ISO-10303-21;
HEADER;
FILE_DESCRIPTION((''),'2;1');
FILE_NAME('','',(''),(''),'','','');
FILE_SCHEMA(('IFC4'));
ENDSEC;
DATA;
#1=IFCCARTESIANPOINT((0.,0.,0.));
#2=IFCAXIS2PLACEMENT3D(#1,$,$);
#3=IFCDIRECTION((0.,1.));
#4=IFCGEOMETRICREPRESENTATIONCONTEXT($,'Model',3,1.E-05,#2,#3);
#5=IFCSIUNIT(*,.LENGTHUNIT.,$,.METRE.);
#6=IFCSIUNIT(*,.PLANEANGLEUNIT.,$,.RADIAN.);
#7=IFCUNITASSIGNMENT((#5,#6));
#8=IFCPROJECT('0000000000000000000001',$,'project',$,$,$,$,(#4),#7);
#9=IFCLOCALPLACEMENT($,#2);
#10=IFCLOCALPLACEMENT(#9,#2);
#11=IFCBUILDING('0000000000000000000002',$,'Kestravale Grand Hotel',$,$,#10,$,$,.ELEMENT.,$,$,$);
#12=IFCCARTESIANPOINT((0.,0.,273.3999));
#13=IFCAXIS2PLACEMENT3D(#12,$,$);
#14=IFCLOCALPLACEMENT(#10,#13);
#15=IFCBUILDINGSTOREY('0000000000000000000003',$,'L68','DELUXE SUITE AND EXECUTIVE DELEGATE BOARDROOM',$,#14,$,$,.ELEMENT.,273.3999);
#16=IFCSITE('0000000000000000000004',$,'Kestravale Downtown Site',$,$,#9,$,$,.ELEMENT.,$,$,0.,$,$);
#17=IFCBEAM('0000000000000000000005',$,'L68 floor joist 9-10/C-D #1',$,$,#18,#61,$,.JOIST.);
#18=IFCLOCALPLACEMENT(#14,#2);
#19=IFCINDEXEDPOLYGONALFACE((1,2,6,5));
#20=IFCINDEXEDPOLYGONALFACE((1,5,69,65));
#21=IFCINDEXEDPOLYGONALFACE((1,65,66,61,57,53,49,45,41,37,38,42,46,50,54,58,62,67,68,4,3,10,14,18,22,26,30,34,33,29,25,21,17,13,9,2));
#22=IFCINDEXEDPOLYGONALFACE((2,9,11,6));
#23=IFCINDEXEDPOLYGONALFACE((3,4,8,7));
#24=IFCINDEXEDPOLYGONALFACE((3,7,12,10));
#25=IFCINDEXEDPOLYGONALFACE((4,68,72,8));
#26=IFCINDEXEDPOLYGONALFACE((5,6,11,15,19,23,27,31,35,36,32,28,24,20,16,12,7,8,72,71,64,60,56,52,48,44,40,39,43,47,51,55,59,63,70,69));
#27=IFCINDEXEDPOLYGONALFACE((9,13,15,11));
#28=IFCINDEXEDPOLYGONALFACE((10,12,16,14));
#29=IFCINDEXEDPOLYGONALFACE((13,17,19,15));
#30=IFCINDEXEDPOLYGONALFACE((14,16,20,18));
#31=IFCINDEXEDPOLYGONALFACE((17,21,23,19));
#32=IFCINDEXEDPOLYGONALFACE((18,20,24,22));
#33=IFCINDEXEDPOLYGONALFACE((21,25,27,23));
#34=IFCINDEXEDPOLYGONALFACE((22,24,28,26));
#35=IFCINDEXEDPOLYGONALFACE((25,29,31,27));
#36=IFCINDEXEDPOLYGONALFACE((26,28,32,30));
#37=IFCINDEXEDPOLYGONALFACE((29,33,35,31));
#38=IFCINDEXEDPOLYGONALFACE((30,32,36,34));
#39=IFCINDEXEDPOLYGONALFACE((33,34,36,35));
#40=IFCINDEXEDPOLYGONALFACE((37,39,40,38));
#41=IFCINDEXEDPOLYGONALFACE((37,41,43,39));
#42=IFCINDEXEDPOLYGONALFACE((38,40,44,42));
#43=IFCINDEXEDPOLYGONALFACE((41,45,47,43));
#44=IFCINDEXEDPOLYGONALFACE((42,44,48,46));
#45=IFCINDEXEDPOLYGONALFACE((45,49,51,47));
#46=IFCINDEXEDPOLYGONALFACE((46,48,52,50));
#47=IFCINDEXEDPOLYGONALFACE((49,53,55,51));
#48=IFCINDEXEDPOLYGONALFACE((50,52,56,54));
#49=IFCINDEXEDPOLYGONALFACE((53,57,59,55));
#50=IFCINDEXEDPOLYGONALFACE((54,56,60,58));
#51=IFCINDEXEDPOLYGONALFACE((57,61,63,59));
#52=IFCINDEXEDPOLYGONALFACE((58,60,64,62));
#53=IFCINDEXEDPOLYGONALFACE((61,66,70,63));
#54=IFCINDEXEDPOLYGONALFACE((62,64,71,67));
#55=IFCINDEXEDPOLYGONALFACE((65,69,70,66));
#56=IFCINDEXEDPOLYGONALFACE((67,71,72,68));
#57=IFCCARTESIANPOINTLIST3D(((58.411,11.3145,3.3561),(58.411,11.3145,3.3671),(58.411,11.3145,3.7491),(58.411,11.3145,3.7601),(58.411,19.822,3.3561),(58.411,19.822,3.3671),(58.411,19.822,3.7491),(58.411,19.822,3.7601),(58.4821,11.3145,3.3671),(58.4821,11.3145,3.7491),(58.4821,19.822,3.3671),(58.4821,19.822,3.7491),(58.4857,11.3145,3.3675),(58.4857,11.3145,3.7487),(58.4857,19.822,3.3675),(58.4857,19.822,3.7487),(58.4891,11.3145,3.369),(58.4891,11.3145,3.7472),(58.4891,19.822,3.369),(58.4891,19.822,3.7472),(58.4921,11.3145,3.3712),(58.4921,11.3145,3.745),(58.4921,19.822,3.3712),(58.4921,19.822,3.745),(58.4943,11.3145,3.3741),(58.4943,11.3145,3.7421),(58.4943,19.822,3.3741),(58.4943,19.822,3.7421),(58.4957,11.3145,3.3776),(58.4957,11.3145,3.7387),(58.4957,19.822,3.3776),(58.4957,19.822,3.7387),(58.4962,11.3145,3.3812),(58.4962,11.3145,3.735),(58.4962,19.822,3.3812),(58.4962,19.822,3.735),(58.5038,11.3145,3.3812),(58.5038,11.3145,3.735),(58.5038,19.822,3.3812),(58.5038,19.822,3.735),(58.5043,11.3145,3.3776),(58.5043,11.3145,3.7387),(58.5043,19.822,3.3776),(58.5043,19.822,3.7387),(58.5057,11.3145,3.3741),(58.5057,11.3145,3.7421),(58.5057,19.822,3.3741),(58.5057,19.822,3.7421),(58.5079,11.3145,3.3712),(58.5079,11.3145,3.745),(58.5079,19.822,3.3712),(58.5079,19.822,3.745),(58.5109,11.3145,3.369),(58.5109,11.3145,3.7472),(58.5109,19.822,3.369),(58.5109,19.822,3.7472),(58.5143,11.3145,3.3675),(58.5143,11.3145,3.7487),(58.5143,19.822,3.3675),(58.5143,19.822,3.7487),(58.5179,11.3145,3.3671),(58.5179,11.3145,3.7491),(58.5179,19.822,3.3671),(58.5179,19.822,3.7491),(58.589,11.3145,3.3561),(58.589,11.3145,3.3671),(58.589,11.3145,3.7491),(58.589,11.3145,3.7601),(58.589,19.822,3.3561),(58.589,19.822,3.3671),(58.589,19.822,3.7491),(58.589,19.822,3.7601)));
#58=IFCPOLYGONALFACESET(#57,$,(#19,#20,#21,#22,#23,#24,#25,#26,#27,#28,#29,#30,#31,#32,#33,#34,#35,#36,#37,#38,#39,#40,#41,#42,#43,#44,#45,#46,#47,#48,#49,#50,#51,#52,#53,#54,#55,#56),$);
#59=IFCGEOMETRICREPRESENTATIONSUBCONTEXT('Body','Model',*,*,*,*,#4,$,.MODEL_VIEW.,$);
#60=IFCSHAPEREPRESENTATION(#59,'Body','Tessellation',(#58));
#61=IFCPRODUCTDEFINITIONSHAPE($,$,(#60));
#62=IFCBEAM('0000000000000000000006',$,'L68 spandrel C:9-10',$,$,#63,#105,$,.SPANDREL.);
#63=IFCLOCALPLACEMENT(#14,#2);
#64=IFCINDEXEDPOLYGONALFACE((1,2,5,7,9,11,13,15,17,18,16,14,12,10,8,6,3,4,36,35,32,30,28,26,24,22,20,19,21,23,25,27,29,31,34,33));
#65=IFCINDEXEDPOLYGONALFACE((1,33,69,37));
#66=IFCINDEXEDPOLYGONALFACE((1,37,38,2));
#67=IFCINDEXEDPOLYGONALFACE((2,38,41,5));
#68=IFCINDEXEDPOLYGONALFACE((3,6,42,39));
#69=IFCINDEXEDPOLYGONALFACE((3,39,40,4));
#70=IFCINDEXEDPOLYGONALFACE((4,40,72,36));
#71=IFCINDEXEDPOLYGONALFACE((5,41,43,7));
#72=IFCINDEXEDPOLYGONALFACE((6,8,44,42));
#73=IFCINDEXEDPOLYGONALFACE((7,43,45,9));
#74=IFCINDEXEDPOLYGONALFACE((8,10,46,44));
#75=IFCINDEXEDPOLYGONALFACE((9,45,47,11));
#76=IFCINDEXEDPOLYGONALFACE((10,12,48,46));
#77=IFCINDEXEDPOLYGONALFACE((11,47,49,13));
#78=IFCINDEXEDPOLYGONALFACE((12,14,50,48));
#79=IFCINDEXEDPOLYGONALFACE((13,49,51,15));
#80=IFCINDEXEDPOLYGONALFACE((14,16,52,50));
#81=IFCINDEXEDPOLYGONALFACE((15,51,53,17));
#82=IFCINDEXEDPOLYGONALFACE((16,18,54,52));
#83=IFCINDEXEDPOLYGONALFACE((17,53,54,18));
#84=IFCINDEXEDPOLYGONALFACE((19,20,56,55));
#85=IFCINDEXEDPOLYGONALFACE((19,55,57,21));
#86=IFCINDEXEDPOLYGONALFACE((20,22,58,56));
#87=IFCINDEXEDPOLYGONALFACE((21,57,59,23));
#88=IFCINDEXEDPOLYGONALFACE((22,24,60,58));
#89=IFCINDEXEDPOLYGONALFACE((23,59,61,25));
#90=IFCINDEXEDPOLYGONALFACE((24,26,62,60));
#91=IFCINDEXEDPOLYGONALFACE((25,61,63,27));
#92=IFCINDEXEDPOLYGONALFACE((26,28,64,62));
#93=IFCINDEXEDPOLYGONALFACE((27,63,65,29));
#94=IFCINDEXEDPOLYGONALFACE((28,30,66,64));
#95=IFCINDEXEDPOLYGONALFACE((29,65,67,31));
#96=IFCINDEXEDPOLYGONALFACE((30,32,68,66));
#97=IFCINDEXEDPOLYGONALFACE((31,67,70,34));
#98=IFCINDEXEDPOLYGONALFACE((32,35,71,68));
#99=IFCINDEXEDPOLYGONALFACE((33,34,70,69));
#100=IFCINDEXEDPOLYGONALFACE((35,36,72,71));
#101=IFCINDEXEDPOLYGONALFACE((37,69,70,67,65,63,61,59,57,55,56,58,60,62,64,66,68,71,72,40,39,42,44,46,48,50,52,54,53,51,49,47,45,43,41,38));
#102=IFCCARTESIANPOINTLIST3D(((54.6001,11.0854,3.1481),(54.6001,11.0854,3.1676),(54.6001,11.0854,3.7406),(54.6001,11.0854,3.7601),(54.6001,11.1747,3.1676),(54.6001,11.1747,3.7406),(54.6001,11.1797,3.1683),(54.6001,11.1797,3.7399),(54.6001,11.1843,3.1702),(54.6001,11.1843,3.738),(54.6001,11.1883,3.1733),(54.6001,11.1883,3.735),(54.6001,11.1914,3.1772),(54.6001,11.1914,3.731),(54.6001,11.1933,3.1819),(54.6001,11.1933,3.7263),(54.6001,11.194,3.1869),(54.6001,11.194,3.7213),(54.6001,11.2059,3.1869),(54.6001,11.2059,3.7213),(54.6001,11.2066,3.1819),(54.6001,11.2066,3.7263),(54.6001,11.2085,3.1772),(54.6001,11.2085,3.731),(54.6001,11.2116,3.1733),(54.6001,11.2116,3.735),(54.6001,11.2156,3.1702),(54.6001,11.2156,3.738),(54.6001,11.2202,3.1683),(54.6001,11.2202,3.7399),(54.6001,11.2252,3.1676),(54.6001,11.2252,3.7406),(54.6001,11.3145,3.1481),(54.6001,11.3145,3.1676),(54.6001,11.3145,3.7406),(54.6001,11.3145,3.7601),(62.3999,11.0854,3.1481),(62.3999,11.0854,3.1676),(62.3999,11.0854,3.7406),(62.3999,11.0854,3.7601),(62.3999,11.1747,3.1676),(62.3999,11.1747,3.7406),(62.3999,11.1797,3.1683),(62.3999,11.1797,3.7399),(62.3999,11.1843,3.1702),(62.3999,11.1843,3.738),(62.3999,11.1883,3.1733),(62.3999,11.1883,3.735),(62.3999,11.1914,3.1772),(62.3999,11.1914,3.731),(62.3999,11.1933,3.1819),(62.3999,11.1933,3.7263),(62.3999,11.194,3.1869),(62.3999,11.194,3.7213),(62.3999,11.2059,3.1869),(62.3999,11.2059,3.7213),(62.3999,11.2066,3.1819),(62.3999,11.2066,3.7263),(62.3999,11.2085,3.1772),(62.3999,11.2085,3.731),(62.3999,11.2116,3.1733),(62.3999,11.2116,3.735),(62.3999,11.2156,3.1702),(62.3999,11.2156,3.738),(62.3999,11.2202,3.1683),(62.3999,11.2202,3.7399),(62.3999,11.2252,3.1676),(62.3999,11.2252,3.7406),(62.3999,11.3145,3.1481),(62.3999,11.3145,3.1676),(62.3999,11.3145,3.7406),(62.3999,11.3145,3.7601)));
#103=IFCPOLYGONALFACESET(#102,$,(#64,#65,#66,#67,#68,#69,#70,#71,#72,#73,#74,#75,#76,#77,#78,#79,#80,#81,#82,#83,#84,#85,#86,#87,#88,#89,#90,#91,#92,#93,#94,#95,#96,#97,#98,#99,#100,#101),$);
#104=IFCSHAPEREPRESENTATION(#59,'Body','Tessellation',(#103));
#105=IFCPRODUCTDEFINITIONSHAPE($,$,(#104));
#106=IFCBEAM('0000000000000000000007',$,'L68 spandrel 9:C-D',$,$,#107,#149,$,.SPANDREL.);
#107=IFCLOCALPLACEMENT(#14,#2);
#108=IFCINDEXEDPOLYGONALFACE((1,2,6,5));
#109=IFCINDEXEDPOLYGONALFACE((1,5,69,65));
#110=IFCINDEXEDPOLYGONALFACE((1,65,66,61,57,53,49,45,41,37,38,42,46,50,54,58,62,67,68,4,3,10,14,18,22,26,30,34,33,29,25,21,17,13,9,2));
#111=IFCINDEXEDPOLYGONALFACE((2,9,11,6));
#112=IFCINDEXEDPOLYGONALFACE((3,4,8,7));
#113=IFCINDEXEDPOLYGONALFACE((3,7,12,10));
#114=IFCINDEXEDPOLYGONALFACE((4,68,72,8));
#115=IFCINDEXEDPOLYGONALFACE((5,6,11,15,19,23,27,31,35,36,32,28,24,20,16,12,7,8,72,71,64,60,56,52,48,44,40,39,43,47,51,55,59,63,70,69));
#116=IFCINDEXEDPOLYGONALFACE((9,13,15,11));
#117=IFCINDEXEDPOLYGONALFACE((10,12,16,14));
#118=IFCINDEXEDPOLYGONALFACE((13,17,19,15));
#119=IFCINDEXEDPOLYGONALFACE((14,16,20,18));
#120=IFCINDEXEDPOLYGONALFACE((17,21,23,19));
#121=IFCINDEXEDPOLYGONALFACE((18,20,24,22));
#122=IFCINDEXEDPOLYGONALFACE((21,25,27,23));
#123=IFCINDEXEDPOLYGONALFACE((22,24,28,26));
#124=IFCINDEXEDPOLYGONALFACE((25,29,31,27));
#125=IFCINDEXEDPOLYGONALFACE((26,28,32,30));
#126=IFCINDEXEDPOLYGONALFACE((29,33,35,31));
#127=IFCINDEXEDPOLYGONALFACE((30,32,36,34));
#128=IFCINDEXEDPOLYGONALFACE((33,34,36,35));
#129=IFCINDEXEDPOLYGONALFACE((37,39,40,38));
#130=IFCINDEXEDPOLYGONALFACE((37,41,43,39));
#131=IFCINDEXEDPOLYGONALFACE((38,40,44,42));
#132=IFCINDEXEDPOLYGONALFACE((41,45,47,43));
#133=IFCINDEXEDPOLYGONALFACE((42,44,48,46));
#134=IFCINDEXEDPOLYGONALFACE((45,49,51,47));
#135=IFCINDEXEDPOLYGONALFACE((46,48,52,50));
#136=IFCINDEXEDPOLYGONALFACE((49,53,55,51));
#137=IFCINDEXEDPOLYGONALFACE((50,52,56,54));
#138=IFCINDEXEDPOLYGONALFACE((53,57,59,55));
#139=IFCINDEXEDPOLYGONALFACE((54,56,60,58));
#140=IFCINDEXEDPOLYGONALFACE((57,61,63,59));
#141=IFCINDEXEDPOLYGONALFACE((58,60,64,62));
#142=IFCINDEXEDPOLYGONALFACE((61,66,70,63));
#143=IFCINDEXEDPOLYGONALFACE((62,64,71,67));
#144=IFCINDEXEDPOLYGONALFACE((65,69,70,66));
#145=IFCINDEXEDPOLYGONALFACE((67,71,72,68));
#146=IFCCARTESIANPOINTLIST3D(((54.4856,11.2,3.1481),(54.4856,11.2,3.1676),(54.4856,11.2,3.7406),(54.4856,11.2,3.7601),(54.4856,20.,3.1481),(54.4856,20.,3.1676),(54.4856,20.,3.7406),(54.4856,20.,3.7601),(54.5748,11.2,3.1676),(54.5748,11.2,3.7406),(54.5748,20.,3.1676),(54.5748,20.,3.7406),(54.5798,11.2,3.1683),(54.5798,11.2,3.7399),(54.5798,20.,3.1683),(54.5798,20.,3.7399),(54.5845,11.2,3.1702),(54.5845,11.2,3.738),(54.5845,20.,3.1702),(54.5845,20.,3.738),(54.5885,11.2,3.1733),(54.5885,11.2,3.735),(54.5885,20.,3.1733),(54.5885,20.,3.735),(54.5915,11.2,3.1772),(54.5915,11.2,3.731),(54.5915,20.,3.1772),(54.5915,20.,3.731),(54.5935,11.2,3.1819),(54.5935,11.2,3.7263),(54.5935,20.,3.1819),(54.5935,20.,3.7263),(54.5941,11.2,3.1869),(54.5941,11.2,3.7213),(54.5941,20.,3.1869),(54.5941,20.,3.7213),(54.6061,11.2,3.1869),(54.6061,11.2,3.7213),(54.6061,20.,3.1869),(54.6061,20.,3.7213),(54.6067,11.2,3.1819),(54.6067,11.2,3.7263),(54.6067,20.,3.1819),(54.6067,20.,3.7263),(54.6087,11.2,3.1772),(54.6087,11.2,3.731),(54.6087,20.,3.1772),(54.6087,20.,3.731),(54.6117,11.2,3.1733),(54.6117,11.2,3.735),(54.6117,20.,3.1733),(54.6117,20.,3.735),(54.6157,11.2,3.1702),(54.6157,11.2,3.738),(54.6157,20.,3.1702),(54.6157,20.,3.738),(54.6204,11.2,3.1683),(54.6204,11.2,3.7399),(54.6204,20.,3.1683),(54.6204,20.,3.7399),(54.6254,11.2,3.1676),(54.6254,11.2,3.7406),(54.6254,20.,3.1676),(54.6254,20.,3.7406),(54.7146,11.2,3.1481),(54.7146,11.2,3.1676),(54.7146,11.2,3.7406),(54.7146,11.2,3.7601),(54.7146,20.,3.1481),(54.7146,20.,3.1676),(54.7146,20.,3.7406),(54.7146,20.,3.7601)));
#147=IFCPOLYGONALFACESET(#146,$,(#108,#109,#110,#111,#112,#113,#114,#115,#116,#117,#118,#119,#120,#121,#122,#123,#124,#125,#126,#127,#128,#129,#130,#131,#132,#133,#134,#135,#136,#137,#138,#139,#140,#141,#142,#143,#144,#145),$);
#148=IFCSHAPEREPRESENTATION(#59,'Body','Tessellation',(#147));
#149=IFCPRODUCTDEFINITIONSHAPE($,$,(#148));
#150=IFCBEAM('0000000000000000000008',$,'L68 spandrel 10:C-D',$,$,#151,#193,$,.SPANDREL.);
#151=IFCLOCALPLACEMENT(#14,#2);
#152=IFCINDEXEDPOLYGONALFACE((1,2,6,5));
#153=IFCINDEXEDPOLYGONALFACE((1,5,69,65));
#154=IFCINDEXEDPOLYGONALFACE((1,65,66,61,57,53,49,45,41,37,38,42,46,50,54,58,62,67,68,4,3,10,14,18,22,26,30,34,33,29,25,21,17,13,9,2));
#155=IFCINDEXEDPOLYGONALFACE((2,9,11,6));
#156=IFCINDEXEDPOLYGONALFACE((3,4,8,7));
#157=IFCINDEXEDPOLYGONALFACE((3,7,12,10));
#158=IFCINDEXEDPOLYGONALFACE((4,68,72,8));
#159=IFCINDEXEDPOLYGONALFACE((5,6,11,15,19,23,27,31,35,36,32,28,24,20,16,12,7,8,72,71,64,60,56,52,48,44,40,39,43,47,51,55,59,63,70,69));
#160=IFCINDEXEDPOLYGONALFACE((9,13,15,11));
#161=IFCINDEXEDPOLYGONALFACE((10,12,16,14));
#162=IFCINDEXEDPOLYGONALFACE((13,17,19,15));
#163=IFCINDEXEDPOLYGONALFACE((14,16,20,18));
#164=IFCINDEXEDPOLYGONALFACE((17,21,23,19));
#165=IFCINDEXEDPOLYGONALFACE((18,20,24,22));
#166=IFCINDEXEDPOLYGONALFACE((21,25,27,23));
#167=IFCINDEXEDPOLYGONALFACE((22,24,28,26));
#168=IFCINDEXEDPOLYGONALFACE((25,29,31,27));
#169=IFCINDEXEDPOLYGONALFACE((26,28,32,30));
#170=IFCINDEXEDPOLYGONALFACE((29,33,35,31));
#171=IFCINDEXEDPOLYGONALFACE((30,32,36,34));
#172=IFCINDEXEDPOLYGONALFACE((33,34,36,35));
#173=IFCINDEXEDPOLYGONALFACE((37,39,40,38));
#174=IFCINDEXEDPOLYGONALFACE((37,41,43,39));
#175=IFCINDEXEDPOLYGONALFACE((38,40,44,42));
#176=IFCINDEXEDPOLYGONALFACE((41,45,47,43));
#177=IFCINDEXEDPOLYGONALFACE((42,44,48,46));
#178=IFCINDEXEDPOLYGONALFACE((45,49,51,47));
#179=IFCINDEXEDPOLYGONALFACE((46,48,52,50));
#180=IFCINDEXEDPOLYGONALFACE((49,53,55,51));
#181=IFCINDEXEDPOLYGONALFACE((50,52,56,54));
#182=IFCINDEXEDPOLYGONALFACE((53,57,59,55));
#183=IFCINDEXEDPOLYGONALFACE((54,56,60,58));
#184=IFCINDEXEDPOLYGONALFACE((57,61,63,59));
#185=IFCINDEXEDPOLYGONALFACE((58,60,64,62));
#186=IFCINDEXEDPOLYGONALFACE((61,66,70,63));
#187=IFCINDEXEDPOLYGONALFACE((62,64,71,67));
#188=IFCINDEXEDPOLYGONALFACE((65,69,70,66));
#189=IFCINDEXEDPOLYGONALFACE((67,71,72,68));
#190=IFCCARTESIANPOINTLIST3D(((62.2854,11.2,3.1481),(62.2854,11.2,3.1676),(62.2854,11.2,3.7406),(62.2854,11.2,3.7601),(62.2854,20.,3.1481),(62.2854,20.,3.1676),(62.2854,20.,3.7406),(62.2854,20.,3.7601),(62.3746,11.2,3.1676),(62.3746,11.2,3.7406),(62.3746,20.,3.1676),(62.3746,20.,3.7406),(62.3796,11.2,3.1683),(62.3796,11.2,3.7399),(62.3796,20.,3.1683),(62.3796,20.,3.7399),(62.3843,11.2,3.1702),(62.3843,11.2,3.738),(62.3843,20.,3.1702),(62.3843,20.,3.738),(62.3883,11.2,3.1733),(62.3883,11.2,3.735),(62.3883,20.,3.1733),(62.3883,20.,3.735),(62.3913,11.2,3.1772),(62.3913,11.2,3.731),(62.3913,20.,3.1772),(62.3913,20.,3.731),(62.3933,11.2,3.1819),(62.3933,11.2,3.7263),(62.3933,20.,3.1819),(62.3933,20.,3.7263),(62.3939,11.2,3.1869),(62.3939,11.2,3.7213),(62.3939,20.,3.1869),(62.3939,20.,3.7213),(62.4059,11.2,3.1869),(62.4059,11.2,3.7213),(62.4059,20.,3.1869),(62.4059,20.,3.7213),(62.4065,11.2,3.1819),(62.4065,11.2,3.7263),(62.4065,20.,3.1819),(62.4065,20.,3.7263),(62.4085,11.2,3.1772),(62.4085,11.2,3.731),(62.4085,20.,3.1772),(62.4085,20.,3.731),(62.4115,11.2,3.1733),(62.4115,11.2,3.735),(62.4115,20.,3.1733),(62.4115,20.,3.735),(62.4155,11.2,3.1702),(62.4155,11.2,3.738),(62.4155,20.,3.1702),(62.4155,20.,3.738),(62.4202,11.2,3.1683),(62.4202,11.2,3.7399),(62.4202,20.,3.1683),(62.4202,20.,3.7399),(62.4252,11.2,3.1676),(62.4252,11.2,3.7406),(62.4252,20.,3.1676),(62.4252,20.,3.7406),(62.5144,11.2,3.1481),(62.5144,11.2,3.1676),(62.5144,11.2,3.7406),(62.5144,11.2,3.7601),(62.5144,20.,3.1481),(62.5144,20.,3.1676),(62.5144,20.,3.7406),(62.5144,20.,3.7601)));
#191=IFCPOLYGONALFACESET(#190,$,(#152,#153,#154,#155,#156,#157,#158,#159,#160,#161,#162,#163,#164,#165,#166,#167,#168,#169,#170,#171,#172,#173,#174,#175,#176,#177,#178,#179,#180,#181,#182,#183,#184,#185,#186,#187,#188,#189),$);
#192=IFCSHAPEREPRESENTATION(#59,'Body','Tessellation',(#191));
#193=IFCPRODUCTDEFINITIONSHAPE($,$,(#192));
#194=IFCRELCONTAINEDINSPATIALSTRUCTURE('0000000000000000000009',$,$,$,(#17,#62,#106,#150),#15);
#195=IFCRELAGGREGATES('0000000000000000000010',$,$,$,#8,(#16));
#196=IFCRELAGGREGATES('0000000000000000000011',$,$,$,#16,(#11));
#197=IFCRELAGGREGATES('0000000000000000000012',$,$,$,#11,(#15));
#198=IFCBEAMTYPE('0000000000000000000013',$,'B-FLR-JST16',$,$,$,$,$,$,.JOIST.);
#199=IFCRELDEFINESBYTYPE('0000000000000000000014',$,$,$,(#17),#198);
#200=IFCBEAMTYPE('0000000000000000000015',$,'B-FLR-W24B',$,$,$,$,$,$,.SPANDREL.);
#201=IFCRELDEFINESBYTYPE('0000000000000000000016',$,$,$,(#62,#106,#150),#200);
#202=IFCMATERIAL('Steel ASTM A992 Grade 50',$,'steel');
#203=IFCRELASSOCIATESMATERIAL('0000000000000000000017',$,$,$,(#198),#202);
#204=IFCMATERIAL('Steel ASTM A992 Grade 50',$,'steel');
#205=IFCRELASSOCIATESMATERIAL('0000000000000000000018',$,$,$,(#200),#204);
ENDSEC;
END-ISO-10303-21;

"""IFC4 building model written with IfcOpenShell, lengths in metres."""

from ifc_helpers import new_model, si_unit, direction, frame, origin, origin_2d, place, context, subcontext, project, spatial, i_section, extrude, material, material_profile, profile_set, type_object, element, save


model = new_model("IFC4")

# Units and contexts
model_context = context("Model", 3, precision=1e-05, world=origin(), true_north=direction((0.0, 1.0)))
body_context = subcontext(model_context, "Body", "Model", "MODEL_VIEW")
ifc_project = project(units=[si_unit("LENGTHUNIT", "METRE"), si_unit("PLANEANGLEUNIT", "RADIAN")], contexts=[model_context])

# Site, building, storey
site_placement = place(None, origin())
site = spatial("IfcSite", under=ifc_project, at=site_placement, Name="Kestravale Downtown Site", CompositionType="ELEMENT", RefElevation=0.0)
building_placement = place(site_placement, origin())
building = spatial("IfcBuilding", under=site, at=building_placement, Name="Kestravale Grand Hotel", CompositionType="ELEMENT")
storey_placement = place(building_placement, frame((0.0, 0.0, 273.3999)))
storey = spatial("IfcBuildingStorey", under=building, at=storey_placement, Name="L68", Description="DELUXE SUITE AND EXECUTIVE DELEGATE BOARDROOM", CompositionType="ELEMENT", Elevation=273.3999)

# Beams
ifc_material_1 = material(Name="Steel ASTM A992 Grade 50", Category="steel")
ifc_material_profile_1 = material_profile(ifc_material_1, i_section(OverallWidth=0.178, OverallDepth=0.4041, WebThickness=0.0076, FlangeThickness=0.011, FilletRadius=0.0142, at=origin_2d()))
ifc_profile_set_1 = profile_set([ifc_material_profile_1], Name="Steel ASTM A992 Grade 50")
beam_type_1 = type_object("IfcBeamType", Name="B-FLR-JST16", PredefinedType="JOIST", material=ifc_profile_set_1)
beam_1_placement = place(storey_placement, frame((58.5, 11.3145, 3.5581), z_axis=(0.0, 1.0, 0.0), x_axis=(-1.0, 0.0, 0.0)))
element("IfcBeam", 1, at=beam_1_placement, inside=storey, type_object=beam_type_1, Name="L68 floor joist 9-10/C-D #1", PredefinedType="JOIST", context=body_context, shape_type="SweptSolid", body=[
    extrude(i_section(OverallWidth=0.178, OverallDepth=0.4041, WebThickness=0.0076, FlangeThickness=0.011, FilletRadius=0.0142, at=origin_2d()), origin(), (0.0, 0.0, 1.0), 8.5076),
])
ifc_material_2 = material(Name="Steel ASTM A992 Grade 50", Category="steel")
ifc_material_profile_2 = material_profile(ifc_material_2, i_section(OverallWidth=0.229, OverallDepth=0.6121, WebThickness=0.012, FlangeThickness=0.0195, FilletRadius=0.0193, at=origin_2d()))
ifc_profile_set_2 = profile_set([ifc_material_profile_2], Name="Steel ASTM A992 Grade 50")
beam_type_2 = type_object("IfcBeamType", Name="B-FLR-W24B", PredefinedType="SPANDREL", material=ifc_profile_set_2)
beam_2_placement = place(storey_placement, frame((54.6001, 11.2, 3.4541), z_axis=(1.0, 0.0, 0.0), x_axis=(0.0, 1.0, 0.0)))
element("IfcBeam", 2, at=beam_2_placement, inside=storey, type_object=beam_type_2, Name="L68 spandrel C:9-10", PredefinedType="SPANDREL", context=body_context, shape_type="SweptSolid", body=[
    extrude(i_section(OverallWidth=0.229, OverallDepth=0.6121, WebThickness=0.012, FlangeThickness=0.0195, FilletRadius=0.0193, at=origin_2d()), origin(), (0.0, 0.0, 1.0), 7.7998),
])
for number, where, z_axis, x_axis, name in (
    (3, (54.6001, 11.2, 3.4541), (0.0, 1.0, 0.0), (-1.0, 0.0, 0.0), "L68 spandrel 9:C-D"),
    (4, (62.3999, 11.2, 3.4541), (0.0, 1.0, 0.0), (-1.0, 0.0, 0.0), "L68 spandrel 10:C-D"),
):
    element("IfcBeam", number, at=place(storey_placement, frame(where, z_axis=z_axis, x_axis=x_axis)), inside=storey, type_object=beam_type_2, Name=name, PredefinedType="SPANDREL", context=body_context, shape_type="SweptSolid", body=[
        extrude(i_section(OverallWidth=0.229, OverallDepth=0.6121, WebThickness=0.012, FlangeThickness=0.0195, FilletRadius=0.0193, at=origin_2d()), origin(), (0.0, 0.0, 1.0), 8.8),
    ])

save(model, "model.ifc")
